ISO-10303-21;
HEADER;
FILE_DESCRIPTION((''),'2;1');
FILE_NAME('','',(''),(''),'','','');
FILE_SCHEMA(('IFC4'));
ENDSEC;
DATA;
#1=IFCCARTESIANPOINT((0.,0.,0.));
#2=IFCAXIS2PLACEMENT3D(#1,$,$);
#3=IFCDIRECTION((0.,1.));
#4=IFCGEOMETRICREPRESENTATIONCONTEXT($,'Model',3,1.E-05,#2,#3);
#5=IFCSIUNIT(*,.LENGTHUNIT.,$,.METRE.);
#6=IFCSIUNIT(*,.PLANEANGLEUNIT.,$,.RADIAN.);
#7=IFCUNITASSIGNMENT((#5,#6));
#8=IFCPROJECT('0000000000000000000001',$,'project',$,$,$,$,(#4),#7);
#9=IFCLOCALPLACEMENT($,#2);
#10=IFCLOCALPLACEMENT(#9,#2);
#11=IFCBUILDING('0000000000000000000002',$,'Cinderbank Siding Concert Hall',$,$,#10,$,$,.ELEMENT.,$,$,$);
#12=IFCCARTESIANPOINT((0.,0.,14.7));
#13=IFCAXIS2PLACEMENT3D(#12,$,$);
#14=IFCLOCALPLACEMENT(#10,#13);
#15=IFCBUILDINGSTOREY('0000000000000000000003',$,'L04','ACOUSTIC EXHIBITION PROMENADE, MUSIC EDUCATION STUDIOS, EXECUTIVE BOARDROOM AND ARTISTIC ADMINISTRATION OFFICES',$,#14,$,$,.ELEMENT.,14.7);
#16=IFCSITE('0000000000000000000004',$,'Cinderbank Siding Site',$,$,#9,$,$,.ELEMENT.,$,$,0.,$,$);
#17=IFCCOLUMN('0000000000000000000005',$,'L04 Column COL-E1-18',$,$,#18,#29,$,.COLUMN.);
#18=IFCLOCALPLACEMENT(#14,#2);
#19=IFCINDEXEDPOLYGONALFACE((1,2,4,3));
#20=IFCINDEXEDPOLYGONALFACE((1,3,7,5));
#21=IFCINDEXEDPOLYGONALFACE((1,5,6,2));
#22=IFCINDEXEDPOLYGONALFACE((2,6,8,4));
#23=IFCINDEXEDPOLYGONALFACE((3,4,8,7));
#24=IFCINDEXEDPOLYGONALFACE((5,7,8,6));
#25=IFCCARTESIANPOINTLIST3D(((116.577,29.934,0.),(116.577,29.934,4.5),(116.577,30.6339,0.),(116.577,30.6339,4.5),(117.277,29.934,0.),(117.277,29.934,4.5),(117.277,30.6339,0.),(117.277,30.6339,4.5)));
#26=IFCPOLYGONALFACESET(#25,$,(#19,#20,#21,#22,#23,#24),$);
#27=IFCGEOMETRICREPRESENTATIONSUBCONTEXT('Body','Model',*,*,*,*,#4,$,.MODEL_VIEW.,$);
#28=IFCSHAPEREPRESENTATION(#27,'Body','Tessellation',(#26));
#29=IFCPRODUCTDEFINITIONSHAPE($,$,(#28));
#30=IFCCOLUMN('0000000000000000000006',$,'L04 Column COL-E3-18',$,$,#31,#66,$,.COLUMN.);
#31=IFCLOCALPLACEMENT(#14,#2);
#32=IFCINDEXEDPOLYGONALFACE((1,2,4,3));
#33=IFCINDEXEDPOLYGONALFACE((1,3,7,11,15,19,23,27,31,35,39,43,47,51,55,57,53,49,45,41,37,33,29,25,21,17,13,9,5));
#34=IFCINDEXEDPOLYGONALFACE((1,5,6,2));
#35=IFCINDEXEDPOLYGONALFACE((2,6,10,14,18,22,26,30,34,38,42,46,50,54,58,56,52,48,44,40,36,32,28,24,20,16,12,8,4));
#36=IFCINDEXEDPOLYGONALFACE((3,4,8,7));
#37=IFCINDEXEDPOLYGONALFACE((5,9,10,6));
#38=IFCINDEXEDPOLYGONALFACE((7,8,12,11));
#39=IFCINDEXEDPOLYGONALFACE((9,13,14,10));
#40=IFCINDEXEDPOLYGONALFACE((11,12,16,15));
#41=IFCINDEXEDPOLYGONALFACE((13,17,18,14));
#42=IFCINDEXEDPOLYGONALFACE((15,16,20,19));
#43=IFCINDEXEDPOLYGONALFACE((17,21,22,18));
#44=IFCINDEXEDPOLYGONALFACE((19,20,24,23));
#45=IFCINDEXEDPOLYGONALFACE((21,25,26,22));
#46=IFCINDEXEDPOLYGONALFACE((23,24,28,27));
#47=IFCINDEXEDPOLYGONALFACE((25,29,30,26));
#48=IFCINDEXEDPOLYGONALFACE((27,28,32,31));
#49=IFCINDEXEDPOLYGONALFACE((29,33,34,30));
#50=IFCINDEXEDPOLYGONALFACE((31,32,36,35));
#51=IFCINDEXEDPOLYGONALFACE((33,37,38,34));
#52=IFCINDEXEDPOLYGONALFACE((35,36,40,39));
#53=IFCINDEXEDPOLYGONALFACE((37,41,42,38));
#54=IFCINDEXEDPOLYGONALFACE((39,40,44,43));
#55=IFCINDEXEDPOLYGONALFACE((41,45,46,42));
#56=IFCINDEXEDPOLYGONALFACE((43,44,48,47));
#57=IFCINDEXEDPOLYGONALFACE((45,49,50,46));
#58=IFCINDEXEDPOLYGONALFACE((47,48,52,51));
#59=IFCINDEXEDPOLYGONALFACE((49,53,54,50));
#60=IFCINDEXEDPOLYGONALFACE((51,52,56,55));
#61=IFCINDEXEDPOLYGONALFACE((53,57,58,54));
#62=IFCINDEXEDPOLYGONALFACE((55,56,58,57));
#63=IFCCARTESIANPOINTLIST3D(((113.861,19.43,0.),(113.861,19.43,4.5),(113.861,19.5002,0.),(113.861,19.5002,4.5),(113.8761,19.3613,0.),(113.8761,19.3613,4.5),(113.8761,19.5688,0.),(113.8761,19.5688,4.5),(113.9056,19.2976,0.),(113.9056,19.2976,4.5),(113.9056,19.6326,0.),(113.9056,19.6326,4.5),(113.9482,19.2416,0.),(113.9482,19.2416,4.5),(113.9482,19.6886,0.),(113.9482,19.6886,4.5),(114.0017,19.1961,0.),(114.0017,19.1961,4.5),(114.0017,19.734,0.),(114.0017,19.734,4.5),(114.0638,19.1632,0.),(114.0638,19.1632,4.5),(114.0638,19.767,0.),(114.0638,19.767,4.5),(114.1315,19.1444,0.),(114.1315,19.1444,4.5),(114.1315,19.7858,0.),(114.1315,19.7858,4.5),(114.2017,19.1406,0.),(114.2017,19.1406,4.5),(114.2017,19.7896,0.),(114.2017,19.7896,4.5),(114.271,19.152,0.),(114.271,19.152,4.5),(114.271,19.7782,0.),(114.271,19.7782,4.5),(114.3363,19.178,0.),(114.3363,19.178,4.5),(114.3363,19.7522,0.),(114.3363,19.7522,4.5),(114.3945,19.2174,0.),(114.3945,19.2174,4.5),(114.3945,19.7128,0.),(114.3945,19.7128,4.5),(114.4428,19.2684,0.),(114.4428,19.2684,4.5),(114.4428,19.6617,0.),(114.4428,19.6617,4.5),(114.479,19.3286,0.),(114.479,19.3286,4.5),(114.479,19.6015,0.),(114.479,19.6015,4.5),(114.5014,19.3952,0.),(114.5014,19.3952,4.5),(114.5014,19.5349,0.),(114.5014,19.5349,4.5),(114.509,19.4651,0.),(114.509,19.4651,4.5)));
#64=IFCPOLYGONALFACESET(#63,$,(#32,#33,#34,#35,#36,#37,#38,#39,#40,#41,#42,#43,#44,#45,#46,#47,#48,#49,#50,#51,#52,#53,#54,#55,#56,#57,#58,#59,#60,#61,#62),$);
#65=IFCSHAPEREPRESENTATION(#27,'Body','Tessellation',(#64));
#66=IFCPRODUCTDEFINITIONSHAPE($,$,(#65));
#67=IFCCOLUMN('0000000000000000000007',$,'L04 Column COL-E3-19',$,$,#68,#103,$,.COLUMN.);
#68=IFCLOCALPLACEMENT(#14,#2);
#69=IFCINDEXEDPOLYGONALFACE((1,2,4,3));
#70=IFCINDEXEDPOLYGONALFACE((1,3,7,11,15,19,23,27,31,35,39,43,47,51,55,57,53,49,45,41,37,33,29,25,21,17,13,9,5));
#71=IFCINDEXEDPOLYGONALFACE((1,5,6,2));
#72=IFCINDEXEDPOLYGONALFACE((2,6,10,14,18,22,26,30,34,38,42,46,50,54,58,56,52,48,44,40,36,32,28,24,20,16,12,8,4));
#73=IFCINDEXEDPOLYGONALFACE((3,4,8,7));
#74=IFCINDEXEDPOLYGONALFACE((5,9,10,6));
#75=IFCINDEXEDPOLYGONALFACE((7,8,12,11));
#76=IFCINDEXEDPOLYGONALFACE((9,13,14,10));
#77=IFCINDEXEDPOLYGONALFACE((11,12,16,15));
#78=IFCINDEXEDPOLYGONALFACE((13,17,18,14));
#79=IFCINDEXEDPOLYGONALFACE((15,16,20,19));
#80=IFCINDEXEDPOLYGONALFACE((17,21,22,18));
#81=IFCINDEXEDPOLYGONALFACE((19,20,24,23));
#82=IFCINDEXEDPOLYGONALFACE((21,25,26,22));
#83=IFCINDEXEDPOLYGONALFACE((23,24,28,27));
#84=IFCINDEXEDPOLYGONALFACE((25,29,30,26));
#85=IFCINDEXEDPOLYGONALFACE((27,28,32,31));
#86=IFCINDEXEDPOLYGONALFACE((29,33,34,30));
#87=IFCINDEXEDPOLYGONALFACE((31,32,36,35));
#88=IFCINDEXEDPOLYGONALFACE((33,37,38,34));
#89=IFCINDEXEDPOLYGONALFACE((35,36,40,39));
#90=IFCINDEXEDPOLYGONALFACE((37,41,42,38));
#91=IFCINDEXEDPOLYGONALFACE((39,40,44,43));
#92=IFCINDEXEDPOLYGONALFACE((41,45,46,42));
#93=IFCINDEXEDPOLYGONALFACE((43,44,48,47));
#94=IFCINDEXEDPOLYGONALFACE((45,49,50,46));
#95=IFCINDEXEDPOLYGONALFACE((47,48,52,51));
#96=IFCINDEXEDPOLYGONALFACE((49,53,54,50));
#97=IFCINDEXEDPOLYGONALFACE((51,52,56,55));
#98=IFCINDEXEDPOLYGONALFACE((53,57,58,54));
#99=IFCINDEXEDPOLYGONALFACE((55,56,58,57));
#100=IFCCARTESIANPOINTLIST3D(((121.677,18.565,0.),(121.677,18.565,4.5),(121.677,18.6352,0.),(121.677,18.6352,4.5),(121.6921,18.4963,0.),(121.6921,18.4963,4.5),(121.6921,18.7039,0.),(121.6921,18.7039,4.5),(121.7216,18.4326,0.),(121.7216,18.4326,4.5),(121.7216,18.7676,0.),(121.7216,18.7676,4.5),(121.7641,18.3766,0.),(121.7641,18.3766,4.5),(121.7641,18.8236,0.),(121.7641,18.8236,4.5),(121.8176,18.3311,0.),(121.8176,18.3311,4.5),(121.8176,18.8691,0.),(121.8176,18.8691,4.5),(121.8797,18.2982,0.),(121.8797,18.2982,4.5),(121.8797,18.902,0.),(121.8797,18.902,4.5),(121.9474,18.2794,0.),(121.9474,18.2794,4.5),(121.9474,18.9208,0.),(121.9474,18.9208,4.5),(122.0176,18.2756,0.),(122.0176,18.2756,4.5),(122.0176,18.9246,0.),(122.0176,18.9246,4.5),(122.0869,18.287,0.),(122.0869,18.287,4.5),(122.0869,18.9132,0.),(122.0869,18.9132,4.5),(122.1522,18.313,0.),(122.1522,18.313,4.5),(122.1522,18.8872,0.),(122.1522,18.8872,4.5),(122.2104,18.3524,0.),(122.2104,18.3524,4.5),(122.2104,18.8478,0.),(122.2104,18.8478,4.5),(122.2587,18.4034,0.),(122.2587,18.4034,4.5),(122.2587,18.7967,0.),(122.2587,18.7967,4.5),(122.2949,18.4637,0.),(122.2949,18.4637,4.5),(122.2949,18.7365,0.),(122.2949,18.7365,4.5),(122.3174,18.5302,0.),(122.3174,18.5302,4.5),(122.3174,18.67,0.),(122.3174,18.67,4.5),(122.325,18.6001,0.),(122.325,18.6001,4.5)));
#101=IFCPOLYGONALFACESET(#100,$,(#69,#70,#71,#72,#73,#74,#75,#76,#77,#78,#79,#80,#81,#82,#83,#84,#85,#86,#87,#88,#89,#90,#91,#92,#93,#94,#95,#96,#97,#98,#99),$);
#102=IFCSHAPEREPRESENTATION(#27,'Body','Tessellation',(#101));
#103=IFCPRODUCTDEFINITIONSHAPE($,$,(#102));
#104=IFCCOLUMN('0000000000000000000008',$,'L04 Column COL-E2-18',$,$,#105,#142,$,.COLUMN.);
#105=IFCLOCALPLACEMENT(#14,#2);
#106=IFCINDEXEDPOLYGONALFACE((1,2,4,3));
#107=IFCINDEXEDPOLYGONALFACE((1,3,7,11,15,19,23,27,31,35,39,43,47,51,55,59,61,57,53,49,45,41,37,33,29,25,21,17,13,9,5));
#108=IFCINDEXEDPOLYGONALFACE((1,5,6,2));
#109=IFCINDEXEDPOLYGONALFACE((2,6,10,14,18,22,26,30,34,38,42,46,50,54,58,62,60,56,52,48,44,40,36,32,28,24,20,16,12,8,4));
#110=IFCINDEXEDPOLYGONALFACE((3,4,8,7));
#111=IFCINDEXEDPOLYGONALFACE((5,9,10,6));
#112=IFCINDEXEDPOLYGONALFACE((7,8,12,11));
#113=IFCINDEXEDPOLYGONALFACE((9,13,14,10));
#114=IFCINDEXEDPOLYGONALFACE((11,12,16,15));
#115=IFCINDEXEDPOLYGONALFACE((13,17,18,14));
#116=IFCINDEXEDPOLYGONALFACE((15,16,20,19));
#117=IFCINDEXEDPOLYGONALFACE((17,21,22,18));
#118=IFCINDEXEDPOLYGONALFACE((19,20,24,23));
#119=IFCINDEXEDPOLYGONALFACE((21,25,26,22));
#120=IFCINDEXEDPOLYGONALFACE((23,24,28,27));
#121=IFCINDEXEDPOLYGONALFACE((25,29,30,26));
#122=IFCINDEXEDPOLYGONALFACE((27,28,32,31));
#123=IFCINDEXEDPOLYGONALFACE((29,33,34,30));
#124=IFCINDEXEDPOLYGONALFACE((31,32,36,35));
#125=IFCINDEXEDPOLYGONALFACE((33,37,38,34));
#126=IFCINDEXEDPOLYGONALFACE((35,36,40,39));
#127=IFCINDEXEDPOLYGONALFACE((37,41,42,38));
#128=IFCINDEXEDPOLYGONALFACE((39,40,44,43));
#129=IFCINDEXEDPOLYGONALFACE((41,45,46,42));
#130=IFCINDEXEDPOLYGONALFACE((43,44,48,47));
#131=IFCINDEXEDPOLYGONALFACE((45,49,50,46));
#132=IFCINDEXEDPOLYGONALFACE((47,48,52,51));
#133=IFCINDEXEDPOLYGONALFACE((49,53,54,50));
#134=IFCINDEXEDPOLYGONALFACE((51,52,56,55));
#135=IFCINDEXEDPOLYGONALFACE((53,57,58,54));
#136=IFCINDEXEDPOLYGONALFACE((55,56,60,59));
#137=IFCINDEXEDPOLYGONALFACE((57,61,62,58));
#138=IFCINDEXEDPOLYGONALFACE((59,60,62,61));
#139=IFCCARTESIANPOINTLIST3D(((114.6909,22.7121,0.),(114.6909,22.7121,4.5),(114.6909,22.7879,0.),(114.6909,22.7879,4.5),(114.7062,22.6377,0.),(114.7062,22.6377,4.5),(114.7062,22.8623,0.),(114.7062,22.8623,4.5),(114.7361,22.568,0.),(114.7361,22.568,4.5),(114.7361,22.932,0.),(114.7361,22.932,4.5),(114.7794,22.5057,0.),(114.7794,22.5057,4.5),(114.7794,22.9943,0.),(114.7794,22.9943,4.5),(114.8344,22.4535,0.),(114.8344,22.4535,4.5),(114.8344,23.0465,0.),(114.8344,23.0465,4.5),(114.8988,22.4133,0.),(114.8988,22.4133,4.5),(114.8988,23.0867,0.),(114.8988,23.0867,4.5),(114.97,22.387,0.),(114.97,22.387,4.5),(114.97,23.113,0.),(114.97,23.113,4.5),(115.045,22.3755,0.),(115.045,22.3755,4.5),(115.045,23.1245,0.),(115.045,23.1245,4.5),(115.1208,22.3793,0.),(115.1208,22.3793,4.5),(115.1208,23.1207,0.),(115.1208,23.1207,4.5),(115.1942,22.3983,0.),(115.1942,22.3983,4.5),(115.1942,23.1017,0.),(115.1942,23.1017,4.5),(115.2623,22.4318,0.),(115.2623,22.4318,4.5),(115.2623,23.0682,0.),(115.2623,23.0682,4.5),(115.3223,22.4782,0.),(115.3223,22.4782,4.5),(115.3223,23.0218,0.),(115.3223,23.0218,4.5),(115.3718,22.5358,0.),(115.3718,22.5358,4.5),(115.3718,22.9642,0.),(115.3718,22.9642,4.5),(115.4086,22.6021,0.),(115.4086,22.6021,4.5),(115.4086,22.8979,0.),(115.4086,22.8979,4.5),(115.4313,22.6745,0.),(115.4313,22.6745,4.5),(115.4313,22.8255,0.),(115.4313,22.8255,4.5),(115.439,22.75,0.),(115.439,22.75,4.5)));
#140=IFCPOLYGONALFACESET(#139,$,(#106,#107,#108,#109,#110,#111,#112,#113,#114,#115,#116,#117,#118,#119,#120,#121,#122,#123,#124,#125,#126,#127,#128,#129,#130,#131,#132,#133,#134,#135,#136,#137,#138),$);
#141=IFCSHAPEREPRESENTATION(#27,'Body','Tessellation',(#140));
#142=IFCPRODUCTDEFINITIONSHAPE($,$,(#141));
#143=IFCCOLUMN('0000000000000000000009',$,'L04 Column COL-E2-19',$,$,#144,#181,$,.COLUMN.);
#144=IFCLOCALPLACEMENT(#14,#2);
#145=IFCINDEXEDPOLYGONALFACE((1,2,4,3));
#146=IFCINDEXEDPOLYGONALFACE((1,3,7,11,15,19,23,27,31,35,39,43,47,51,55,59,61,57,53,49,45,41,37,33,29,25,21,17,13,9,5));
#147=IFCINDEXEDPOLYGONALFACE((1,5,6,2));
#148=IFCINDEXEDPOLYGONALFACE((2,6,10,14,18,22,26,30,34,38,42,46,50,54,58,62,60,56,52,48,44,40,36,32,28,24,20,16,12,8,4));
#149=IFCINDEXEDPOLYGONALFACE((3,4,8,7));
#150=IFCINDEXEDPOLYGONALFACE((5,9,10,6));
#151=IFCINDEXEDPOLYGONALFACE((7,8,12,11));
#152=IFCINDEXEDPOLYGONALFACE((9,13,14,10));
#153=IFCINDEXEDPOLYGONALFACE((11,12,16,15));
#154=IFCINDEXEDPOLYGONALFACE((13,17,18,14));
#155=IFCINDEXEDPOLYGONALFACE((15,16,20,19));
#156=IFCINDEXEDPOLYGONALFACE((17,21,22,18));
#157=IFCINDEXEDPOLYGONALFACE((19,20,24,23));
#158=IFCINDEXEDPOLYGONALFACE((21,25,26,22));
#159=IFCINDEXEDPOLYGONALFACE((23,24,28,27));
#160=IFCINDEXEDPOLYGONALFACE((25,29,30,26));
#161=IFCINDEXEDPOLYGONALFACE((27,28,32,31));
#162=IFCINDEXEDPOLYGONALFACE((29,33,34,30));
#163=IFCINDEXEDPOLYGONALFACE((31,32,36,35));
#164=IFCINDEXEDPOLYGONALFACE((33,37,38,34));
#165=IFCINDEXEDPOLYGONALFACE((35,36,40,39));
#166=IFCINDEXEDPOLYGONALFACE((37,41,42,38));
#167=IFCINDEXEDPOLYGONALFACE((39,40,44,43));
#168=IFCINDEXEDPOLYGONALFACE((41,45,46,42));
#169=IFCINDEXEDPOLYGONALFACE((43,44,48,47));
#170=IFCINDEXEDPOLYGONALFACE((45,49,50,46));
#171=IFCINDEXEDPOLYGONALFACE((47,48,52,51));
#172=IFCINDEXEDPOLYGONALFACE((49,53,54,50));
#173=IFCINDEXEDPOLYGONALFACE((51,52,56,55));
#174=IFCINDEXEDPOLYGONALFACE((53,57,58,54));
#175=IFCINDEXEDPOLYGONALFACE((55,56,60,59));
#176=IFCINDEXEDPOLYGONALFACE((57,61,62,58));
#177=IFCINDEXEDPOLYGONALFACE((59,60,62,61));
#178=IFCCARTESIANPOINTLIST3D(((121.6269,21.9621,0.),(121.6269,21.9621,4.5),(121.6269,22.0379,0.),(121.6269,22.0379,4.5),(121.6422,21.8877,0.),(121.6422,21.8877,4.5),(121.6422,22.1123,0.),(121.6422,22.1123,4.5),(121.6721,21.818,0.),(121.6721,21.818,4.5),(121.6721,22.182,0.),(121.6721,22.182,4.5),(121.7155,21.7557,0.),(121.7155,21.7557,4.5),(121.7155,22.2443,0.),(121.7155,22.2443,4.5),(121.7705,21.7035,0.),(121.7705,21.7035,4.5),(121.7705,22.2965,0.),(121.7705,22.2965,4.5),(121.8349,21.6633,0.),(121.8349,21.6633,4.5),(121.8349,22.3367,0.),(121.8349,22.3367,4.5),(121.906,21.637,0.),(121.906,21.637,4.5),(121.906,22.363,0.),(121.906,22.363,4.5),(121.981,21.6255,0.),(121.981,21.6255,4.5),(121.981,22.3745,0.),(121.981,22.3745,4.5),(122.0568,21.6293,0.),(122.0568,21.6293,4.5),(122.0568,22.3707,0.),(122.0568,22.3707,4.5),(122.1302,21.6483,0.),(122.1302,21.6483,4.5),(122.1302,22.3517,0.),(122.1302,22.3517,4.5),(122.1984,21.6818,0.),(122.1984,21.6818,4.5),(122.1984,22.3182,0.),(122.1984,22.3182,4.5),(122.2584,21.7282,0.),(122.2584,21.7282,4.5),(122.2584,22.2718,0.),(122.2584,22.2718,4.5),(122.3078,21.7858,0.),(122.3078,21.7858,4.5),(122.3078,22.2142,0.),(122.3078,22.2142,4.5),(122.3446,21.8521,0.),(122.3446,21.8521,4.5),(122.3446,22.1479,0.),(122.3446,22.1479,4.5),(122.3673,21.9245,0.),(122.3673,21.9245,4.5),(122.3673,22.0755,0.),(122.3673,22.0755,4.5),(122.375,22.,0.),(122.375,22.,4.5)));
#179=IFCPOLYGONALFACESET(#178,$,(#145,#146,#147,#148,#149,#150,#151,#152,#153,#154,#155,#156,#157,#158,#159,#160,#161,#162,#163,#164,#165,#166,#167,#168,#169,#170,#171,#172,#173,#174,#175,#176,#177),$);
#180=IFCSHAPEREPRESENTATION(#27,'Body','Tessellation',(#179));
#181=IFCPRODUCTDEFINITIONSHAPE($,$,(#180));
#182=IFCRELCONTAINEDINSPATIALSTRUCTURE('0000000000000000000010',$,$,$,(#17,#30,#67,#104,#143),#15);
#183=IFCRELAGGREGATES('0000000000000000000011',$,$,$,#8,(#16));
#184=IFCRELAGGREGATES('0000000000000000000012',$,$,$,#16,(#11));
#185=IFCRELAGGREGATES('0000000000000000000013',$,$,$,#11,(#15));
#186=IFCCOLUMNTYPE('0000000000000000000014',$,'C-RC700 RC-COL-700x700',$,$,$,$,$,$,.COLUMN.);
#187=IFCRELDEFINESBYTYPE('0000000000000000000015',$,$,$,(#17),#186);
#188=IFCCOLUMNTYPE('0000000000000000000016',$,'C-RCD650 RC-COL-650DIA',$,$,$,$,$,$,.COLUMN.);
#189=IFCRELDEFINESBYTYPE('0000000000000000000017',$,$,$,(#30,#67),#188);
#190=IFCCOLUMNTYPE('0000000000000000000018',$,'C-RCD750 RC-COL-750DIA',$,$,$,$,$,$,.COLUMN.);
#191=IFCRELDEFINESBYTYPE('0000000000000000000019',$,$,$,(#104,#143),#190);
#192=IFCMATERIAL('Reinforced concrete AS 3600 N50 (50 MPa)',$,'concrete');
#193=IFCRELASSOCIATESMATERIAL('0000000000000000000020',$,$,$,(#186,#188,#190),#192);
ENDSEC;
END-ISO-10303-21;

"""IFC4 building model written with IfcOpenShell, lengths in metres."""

from ifc_helpers import new_model, si_unit, direction, frame, origin, origin_2d, place, context, subcontext, project, spatial, rectangle, circle, extrude, material, material_profile, profile_set, type_object, element, save


model = new_model("IFC4")

# Units and contexts
model_context = context("Model", 3, precision=1e-05, world=origin(), true_north=direction((0.0, 1.0)))
body_context = subcontext(model_context, "Body", "Model", "MODEL_VIEW")
ifc_project = project(units=[si_unit("LENGTHUNIT", "METRE"), si_unit("PLANEANGLEUNIT", "RADIAN")], contexts=[model_context])

# Site, building, storey
site_placement = place(None, origin())
site = spatial("IfcSite", under=ifc_project, at=site_placement, Name="Cinderbank Siding Site", CompositionType="ELEMENT", RefElevation=0.0)
building_placement = place(site_placement, origin())
building = spatial("IfcBuilding", under=site, at=building_placement, Name="Cinderbank Siding Concert Hall", CompositionType="ELEMENT")
storey_placement = place(building_placement, frame((0.0, 0.0, 14.7)))
storey = spatial("IfcBuildingStorey", under=building, at=storey_placement, Name="L04", Description="ACOUSTIC EXHIBITION PROMENADE, MUSIC EDUCATION STUDIOS, EXECUTIVE BOARDROOM AND ARTISTIC ADMINISTRATION OFFICES", CompositionType="ELEMENT", Elevation=14.7)

# Columns
ifc_material_1 = material(Name="Reinforced concrete AS 3600 N50 (50 MPa)", Category="concrete")
ifc_material_profile_1 = material_profile(ifc_material_1, rectangle(XDim=0.7, YDim=0.7, at=origin_2d()), Name="RC-COL-700x700", Category="LoadBearing")
ifc_profile_set_1 = profile_set([ifc_material_profile_1], Name="Reinforced concrete AS 3600 N50 (50 MPa)")
column_type_1 = type_object("IfcColumnType", Name="C-RC700 RC-COL-700x700", PredefinedType="COLUMN", material=ifc_profile_set_1)
column_placement = place(storey_placement, frame((116.927, 30.2839, 0.0), z_axis=(0.0, 0.0, 1.0), x_axis=(1.0, 0.0, 0.0)))
element("IfcColumn", 1, at=column_placement, inside=storey, type_object=column_type_1, Name="L04 Column COL-E1-18", PredefinedType="COLUMN", context=body_context, shape_type="SweptSolid", body=[
    extrude(rectangle(XDim=0.7, YDim=0.7, at=origin_2d()), origin(), (0.0, 0.0, 1.0), 4.5),
])
ifc_material_profile_2 = material_profile(ifc_material_1, circle(Radius=0.325, at=origin_2d()), Name="RC-COL-650DIA", Category="LoadBearing")
ifc_profile_set_2 = profile_set([ifc_material_profile_2], Name="Reinforced concrete AS 3600 N50 (50 MPa)")
column_type_2 = type_object("IfcColumnType", Name="C-RCD650 RC-COL-650DIA", PredefinedType="COLUMN", material=ifc_profile_set_2)
for number, where, z_axis, x_axis, name in (
    (2, (114.1841, 19.4651, 0.0), (0.0, 0.0, 1.0), (1.0, 0.0, 0.0), "L04 Column COL-E3-18"),
    (3, (122.0, 18.6001, 0.0), (0.0, 0.0, 1.0), (1.0, 0.0, 0.0), "L04 Column COL-E3-19"),
):
    element("IfcColumn", number, at=place(storey_placement, frame(where, z_axis=z_axis, x_axis=x_axis)), inside=storey, type_object=column_type_2, Name=name, PredefinedType="COLUMN", context=body_context, shape_type="SweptSolid", body=[
        extrude(circle(Radius=0.325, at=origin_2d()), origin(), (0.0, 0.0, 1.0), 4.5),
    ])
ifc_material_profile_3 = material_profile(ifc_material_1, circle(Radius=0.375, at=origin_2d()), Name="RC-COL-750DIA", Category="LoadBearing")
ifc_profile_set_3 = profile_set([ifc_material_profile_3], Name="Reinforced concrete AS 3600 N50 (50 MPa)")
column_type_3 = type_object("IfcColumnType", Name="C-RCD750 RC-COL-750DIA", PredefinedType="COLUMN", material=ifc_profile_set_3)
for number, where, z_axis, x_axis, name in (
    (4, (115.064, 22.75, 0.0), (0.0, 0.0, 1.0), (1.0, 0.0, 0.0), "L04 Column COL-E2-18"),
    (5, (122.0, 22.0, 0.0), (0.0, 0.0, 1.0), (1.0, 0.0, 0.0), "L04 Column COL-E2-19"),
):
    element("IfcColumn", number, at=place(storey_placement, frame(where, z_axis=z_axis, x_axis=x_axis)), inside=storey, type_object=column_type_3, Name=name, PredefinedType="COLUMN", context=body_context, shape_type="SweptSolid", body=[
        extrude(circle(Radius=0.375, at=origin_2d()), origin(), (0.0, 0.0, 1.0), 4.5),
    ])

save(model, "model.ifc")
